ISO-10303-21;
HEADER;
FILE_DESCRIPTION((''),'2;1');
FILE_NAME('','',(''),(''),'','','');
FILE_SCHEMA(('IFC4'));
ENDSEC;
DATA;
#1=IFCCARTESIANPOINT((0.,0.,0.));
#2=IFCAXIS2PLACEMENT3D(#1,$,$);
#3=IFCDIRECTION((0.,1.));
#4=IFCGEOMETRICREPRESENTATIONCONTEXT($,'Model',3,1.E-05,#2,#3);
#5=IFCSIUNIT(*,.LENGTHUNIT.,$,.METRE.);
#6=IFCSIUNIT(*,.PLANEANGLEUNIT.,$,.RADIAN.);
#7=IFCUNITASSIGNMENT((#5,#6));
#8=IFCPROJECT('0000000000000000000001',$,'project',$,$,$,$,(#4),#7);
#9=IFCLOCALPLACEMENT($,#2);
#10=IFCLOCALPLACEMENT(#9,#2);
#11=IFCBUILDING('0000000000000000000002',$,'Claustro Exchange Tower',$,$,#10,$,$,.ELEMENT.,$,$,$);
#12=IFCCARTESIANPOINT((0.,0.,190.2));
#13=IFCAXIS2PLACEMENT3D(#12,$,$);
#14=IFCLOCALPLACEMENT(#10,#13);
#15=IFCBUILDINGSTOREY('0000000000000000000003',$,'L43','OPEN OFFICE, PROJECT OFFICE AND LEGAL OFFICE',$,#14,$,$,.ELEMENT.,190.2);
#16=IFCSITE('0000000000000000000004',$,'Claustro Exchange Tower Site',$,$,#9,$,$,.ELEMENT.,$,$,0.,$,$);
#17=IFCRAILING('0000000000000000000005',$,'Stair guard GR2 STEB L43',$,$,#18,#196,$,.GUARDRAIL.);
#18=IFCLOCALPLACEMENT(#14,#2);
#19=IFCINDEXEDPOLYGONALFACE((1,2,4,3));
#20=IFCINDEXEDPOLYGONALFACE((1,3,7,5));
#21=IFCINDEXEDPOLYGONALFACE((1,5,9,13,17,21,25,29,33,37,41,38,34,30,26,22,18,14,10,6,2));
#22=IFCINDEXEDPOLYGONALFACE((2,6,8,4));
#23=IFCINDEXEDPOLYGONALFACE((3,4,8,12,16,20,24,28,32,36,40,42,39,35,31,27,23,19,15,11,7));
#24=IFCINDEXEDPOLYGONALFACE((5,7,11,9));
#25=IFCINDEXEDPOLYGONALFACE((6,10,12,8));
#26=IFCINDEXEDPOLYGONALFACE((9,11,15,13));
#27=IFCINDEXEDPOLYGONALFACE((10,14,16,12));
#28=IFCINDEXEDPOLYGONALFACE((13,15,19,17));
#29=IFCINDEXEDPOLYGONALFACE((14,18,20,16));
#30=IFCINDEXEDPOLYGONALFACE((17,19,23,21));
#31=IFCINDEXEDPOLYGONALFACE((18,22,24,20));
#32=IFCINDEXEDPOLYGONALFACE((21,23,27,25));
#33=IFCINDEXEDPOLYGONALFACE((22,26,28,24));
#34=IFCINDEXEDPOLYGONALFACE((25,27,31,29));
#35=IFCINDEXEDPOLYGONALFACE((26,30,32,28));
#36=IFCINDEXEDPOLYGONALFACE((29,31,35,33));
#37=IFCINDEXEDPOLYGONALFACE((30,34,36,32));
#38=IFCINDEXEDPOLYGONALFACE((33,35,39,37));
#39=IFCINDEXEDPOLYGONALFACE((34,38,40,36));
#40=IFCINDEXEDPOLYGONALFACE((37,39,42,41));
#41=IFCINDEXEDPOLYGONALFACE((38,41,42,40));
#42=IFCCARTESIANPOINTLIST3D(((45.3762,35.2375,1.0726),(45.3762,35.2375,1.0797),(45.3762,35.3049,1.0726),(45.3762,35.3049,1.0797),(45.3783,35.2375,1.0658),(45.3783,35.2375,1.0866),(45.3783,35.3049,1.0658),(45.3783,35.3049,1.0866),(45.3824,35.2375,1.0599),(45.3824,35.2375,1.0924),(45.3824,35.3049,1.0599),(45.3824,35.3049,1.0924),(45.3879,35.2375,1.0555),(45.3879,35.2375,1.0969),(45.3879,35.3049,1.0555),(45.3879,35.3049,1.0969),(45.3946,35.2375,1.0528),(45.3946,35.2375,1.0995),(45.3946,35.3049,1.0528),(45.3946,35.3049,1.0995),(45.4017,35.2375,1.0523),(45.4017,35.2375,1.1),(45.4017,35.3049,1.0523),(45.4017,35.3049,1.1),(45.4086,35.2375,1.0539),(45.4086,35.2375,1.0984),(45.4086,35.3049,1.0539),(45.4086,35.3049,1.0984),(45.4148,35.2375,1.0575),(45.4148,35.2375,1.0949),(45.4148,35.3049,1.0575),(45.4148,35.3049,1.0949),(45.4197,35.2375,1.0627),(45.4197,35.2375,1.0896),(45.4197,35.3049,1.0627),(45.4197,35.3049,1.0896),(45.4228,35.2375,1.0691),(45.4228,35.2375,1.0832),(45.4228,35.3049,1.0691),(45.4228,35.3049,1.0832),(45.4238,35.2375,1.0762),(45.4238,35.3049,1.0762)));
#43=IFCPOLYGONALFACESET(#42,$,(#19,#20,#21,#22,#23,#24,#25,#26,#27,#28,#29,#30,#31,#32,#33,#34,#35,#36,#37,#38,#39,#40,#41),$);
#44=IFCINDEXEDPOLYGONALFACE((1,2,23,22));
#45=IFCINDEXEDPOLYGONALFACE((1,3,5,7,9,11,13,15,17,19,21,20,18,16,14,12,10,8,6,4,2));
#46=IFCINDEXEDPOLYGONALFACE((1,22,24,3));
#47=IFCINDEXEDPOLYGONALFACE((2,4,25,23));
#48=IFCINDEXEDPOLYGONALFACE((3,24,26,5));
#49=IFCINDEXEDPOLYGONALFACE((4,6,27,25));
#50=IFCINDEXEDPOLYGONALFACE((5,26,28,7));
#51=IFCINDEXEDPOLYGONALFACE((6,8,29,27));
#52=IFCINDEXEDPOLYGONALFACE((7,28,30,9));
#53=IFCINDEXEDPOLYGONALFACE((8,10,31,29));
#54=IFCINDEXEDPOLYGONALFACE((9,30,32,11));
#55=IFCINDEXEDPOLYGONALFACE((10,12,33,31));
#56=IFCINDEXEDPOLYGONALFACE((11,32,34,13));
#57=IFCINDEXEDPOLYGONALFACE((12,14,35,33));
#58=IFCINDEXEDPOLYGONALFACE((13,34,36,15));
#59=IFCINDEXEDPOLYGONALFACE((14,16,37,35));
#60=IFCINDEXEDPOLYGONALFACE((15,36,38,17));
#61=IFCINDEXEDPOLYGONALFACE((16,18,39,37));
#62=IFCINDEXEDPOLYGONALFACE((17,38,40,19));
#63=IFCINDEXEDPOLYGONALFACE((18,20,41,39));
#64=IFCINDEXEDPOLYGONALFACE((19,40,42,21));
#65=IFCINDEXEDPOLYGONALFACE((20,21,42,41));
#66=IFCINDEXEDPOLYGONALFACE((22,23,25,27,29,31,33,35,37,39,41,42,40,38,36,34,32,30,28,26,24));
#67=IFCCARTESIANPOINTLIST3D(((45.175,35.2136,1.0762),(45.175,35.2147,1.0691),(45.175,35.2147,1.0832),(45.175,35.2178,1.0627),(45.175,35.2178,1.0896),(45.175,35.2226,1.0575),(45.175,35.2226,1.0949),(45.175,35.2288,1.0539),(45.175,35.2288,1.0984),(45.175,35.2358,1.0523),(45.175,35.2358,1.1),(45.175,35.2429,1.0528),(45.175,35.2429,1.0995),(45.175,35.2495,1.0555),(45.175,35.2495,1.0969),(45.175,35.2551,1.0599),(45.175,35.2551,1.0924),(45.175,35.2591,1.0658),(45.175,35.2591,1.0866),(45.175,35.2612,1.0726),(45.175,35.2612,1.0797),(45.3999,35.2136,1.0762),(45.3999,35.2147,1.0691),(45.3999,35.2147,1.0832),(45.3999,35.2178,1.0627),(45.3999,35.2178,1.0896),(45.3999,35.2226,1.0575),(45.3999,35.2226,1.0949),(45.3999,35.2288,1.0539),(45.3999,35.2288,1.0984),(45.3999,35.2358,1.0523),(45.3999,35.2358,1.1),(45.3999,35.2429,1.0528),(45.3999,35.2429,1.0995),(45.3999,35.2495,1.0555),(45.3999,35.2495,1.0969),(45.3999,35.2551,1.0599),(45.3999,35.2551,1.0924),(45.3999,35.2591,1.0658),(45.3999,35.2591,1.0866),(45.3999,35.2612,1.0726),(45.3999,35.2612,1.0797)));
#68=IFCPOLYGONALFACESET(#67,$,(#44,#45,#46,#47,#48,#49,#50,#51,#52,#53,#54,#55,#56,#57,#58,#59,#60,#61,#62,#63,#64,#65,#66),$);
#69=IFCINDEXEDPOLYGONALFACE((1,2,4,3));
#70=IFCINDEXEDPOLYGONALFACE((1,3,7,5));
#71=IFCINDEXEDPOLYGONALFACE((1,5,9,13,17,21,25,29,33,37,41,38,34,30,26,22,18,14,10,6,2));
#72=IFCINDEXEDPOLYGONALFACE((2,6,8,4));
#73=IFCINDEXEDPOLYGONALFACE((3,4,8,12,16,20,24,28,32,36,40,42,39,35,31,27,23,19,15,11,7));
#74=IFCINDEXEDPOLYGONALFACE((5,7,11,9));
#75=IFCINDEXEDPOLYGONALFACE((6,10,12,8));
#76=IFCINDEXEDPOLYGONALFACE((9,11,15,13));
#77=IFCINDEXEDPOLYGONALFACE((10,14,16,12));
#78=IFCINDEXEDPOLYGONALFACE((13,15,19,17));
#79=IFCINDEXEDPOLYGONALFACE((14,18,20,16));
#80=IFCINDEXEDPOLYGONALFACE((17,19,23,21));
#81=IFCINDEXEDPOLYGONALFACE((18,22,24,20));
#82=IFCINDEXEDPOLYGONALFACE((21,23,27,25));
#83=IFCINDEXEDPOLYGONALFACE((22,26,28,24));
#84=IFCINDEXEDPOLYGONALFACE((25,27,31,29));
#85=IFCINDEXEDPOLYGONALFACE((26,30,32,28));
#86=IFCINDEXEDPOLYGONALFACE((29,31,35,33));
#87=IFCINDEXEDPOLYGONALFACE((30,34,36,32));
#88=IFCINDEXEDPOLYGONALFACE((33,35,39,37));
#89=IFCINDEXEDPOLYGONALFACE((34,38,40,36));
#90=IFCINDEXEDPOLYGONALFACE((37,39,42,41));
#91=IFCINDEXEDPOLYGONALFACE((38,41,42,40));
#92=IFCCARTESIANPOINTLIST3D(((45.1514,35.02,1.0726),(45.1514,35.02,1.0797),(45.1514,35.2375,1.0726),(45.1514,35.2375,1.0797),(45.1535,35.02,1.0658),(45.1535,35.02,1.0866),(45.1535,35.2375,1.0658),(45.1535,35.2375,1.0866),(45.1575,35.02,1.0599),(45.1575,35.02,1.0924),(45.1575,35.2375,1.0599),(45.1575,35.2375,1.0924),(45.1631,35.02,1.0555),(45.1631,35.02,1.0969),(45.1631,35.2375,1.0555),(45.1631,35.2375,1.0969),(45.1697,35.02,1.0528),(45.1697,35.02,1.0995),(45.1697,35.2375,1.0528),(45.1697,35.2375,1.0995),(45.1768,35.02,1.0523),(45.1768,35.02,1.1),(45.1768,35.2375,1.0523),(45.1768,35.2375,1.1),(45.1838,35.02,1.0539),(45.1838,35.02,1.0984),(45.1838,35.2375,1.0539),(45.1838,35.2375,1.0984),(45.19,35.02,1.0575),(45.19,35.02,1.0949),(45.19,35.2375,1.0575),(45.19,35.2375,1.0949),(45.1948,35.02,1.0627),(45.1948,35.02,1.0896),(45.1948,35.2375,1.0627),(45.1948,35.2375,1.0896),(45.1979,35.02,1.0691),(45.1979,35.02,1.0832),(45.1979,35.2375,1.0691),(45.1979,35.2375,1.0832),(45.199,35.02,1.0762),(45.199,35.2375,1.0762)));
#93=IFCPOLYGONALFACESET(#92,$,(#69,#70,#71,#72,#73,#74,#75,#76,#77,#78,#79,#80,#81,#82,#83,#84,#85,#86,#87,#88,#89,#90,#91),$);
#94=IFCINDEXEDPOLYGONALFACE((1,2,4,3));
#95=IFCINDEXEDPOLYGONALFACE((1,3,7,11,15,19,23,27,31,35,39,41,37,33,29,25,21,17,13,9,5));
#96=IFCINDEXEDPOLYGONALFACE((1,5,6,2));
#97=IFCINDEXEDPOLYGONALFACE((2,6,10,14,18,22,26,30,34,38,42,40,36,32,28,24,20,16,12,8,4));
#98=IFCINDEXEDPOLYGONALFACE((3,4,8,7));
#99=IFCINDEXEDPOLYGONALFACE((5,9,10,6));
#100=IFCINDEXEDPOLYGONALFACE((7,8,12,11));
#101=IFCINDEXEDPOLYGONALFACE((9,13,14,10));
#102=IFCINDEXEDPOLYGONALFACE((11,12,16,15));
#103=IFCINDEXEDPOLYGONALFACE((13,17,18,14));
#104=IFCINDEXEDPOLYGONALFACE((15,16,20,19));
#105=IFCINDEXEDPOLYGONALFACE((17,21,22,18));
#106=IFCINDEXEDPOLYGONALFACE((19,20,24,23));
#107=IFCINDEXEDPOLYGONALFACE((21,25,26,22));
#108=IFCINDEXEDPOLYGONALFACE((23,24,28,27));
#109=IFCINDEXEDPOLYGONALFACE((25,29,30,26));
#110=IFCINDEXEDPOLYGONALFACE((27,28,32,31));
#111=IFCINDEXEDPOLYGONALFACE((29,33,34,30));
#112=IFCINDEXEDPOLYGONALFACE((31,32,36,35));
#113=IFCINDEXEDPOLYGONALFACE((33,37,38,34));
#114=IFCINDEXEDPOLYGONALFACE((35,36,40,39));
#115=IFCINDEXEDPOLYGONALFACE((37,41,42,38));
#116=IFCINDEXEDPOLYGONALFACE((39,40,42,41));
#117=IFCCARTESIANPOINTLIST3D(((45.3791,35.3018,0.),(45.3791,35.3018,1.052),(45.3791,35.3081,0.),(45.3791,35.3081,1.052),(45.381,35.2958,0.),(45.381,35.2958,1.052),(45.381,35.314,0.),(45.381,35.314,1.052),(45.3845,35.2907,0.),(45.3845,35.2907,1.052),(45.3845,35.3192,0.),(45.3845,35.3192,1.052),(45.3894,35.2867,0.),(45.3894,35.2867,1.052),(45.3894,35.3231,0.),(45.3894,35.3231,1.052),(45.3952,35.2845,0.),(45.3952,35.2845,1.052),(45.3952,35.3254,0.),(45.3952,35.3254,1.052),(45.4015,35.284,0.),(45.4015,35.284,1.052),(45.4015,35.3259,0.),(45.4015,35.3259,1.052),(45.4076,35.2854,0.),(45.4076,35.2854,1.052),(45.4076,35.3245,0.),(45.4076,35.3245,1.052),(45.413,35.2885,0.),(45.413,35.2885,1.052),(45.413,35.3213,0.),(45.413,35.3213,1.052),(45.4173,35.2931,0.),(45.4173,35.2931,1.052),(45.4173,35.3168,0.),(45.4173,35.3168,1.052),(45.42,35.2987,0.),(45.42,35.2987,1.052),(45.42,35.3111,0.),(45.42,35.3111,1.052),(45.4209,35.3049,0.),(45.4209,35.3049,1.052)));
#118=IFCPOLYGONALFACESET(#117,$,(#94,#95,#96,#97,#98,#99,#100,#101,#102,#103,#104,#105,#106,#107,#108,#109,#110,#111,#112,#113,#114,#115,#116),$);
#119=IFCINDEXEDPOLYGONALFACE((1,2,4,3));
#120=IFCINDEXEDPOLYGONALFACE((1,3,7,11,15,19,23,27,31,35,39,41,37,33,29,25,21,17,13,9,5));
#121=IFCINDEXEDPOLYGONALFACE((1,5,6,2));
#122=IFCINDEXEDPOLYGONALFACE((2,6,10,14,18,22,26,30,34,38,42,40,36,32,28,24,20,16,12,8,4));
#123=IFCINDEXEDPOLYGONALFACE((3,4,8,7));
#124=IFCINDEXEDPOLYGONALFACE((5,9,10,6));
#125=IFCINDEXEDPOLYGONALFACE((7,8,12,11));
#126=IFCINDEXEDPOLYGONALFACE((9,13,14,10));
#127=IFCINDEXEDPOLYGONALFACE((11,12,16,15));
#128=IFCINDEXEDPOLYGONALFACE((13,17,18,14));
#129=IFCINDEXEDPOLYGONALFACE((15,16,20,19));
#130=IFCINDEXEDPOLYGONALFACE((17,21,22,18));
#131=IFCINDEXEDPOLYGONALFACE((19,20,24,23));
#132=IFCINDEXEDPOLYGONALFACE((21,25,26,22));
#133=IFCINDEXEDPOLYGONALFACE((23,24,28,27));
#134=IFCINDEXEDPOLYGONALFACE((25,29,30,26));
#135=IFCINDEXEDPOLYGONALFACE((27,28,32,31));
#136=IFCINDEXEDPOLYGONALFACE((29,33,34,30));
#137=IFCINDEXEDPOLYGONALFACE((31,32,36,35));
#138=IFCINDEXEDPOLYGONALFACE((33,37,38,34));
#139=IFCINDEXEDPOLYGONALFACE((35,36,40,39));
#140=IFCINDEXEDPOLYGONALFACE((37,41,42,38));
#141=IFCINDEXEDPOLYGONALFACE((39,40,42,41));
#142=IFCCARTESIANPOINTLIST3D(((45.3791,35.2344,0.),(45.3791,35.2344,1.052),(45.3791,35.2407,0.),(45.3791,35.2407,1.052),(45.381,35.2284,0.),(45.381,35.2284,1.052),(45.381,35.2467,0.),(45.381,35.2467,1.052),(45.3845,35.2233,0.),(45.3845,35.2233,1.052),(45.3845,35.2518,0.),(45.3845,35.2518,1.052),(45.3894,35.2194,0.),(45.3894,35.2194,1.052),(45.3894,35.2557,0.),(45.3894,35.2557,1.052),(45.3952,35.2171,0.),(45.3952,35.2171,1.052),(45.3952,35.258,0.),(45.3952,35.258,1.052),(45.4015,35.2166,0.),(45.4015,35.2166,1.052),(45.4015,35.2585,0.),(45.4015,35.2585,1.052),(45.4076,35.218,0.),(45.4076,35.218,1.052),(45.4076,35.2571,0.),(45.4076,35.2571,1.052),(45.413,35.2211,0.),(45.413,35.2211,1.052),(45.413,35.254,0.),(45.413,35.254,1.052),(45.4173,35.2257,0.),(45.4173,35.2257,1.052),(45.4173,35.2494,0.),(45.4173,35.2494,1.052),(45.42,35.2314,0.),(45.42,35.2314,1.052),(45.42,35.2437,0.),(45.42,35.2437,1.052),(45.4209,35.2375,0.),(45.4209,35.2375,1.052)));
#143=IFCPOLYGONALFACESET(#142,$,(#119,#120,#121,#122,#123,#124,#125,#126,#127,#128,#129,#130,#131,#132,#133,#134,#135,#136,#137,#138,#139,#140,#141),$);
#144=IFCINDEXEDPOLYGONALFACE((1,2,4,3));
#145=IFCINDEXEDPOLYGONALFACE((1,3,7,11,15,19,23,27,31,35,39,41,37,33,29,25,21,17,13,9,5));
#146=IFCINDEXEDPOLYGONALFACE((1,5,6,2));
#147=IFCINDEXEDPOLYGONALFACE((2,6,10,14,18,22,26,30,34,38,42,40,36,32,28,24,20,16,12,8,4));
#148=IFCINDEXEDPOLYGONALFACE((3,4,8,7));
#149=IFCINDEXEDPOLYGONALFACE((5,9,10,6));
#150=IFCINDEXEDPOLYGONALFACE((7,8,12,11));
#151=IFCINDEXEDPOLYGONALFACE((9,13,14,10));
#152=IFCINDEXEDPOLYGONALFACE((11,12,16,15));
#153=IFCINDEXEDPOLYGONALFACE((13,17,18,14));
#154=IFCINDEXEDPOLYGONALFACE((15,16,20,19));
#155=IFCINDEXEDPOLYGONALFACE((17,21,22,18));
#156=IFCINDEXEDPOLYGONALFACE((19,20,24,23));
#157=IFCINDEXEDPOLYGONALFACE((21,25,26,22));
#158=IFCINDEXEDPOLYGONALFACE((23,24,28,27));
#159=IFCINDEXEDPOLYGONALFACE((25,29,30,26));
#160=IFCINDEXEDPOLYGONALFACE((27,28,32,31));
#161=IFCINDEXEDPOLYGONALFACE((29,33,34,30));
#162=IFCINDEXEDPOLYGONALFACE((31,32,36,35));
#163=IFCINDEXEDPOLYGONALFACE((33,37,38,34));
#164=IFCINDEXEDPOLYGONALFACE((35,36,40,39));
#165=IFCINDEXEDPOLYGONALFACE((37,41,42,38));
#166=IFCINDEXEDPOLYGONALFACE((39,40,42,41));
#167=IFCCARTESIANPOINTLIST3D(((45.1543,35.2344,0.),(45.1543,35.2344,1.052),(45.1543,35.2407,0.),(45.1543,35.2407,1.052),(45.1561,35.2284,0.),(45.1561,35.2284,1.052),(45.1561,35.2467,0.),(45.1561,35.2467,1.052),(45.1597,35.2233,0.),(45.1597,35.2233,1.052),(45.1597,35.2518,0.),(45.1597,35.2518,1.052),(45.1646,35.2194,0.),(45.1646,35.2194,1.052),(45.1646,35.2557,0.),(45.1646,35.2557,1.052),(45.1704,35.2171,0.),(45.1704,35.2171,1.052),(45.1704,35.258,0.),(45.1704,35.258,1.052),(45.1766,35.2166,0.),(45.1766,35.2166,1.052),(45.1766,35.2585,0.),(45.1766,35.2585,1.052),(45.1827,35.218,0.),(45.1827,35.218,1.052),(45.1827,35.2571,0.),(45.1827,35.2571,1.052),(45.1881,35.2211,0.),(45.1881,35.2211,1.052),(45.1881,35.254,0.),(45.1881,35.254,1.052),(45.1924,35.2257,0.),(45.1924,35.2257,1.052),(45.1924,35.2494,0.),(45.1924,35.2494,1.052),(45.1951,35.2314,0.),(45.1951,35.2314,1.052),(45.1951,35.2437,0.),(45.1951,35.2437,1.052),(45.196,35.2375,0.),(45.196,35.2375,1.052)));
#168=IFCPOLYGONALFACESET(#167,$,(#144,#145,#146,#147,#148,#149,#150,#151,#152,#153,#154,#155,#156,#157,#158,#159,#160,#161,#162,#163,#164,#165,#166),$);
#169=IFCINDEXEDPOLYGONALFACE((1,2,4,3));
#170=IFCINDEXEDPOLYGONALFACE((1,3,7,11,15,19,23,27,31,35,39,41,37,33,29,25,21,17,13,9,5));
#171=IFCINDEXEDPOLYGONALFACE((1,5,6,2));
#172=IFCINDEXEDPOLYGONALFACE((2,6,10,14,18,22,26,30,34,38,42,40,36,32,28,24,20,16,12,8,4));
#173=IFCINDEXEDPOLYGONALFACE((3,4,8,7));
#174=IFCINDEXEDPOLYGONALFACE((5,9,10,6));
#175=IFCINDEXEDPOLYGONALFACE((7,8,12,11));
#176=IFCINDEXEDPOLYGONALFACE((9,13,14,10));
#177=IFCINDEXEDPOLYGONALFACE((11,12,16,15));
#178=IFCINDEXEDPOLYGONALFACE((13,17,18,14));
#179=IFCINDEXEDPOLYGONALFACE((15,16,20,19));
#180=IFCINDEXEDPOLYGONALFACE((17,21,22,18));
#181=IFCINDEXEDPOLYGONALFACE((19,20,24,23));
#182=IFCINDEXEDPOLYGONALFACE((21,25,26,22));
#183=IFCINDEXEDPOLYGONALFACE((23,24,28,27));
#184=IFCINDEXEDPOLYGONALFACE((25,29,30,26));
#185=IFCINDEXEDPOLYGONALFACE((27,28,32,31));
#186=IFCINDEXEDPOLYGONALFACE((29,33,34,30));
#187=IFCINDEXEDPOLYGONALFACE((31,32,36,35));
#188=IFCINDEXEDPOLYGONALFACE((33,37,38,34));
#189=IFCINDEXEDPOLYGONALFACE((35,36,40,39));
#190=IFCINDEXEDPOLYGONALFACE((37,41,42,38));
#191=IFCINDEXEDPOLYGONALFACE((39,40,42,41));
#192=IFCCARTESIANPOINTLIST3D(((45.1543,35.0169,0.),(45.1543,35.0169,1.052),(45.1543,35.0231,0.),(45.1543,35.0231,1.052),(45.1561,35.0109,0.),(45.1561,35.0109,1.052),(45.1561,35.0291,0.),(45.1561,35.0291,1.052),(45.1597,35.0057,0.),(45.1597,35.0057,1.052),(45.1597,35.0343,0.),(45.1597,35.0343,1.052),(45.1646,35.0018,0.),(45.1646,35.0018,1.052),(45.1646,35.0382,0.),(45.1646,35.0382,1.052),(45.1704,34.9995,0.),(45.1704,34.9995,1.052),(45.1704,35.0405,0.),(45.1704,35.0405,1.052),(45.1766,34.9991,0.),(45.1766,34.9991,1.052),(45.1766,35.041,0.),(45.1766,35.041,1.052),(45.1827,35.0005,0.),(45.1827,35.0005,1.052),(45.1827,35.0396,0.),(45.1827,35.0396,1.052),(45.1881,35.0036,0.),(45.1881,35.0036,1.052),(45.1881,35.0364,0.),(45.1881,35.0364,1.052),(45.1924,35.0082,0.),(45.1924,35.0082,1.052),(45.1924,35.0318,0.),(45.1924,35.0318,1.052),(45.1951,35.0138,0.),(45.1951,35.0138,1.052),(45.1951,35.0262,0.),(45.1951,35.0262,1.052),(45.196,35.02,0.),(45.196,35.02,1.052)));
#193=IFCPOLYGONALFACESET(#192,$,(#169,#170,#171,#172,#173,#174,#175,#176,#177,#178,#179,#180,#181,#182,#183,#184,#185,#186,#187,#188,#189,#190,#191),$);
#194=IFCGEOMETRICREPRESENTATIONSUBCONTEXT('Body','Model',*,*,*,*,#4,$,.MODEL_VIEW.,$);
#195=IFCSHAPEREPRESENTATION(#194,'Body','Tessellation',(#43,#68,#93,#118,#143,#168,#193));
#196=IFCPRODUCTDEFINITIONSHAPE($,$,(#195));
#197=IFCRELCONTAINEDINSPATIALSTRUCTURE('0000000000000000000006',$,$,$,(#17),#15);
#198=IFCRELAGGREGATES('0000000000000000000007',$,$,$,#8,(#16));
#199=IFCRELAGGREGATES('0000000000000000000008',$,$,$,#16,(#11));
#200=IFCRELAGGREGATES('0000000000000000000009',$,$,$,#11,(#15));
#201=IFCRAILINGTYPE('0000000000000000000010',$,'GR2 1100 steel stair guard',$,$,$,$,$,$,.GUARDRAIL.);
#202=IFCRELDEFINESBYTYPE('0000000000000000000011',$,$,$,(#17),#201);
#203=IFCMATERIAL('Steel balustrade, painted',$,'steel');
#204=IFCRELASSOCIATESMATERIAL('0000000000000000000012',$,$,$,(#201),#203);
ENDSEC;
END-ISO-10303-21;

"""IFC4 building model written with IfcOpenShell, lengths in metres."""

from ifc_helpers import new_model, si_unit, direction, frame, origin, origin_2d, place, context, subcontext, project, spatial, circle, extrude, material, type_object, element, save


model = new_model("IFC4")

# Units and contexts
model_context = context("Model", 3, precision=1e-05, world=origin(), true_north=direction((0.0, 1.0)))
body_context = subcontext(model_context, "Body", "Model", "MODEL_VIEW")
ifc_project = project(units=[si_unit("LENGTHUNIT", "METRE"), si_unit("PLANEANGLEUNIT", "RADIAN")], contexts=[model_context])

# Site, building, storey
site_placement = place(None, origin())
site = spatial("IfcSite", under=ifc_project, at=site_placement, Name="Claustro Exchange Tower Site", CompositionType="ELEMENT", RefElevation=0.0)
building_placement = place(site_placement, origin())
building = spatial("IfcBuilding", under=site, at=building_placement, Name="Claustro Exchange Tower", CompositionType="ELEMENT")
storey_placement = place(building_placement, frame((0.0, 0.0, 190.2)))
storey = spatial("IfcBuildingStorey", under=building, at=storey_placement, Name="L43", Description="OPEN OFFICE, PROJECT OFFICE AND LEGAL OFFICE", CompositionType="ELEMENT", Elevation=190.2)

# Railing
ifc_material_1 = material(Name="Steel balustrade, painted", Category="steel")
railing_type_1 = type_object("IfcRailingType", Name="GR2 1100 steel stair guard", PredefinedType="GUARDRAIL", material=ifc_material_1)
railing_1_placement = place(storey_placement, frame((45.3999, 35.3049, 0.0)))
element("IfcRailing", 1, at=railing_1_placement, inside=storey, type_object=railing_type_1, Name="Stair guard GR2 STEB L43", PredefinedType="GUARDRAIL", context=body_context, shape_type="SweptSolid", body=[
    extrude(circle(Radius=0.0239, at=origin_2d()), frame((0.0, 0.0, 1.0762), z_axis=(0.0, -1.0, 0.0), x_axis=(1.0, 0.0, 0.0)), (0.0, 0.0, 1.0), 0.0674),
    extrude(circle(Radius=0.0239, at=origin_2d()), frame((0.0, -0.0674, 1.0762), z_axis=(-1.0, 0.0, 0.0), x_axis=(0.0, -1.0, 0.0)), (0.0, 0.0, 1.0), 0.2249),
    extrude(circle(Radius=0.0239, at=origin_2d()), frame((-0.2249, -0.0674, 1.0762), z_axis=(0.0, -1.0, 0.0), x_axis=(1.0, 0.0, 0.0)), (0.0, 0.0, 1.0), 0.2175),
    extrude(circle(Radius=0.021, at=origin_2d()), origin(), (0.0, 0.0, 1.0), 1.052),
    extrude(circle(Radius=0.021, at=origin_2d()), frame((0.0, -0.0674, 0.0)), (0.0, 0.0, 1.0), 1.052),
    extrude(circle(Radius=0.021, at=origin_2d()), frame((-0.2249, -0.0674, 0.0)), (0.0, 0.0, 1.0), 1.052),
    extrude(circle(Radius=0.021, at=origin_2d()), frame((-0.2249, -0.2849, 0.0)), (0.0, 0.0, 1.0), 1.052),
])

save(model, "model.ifc")
